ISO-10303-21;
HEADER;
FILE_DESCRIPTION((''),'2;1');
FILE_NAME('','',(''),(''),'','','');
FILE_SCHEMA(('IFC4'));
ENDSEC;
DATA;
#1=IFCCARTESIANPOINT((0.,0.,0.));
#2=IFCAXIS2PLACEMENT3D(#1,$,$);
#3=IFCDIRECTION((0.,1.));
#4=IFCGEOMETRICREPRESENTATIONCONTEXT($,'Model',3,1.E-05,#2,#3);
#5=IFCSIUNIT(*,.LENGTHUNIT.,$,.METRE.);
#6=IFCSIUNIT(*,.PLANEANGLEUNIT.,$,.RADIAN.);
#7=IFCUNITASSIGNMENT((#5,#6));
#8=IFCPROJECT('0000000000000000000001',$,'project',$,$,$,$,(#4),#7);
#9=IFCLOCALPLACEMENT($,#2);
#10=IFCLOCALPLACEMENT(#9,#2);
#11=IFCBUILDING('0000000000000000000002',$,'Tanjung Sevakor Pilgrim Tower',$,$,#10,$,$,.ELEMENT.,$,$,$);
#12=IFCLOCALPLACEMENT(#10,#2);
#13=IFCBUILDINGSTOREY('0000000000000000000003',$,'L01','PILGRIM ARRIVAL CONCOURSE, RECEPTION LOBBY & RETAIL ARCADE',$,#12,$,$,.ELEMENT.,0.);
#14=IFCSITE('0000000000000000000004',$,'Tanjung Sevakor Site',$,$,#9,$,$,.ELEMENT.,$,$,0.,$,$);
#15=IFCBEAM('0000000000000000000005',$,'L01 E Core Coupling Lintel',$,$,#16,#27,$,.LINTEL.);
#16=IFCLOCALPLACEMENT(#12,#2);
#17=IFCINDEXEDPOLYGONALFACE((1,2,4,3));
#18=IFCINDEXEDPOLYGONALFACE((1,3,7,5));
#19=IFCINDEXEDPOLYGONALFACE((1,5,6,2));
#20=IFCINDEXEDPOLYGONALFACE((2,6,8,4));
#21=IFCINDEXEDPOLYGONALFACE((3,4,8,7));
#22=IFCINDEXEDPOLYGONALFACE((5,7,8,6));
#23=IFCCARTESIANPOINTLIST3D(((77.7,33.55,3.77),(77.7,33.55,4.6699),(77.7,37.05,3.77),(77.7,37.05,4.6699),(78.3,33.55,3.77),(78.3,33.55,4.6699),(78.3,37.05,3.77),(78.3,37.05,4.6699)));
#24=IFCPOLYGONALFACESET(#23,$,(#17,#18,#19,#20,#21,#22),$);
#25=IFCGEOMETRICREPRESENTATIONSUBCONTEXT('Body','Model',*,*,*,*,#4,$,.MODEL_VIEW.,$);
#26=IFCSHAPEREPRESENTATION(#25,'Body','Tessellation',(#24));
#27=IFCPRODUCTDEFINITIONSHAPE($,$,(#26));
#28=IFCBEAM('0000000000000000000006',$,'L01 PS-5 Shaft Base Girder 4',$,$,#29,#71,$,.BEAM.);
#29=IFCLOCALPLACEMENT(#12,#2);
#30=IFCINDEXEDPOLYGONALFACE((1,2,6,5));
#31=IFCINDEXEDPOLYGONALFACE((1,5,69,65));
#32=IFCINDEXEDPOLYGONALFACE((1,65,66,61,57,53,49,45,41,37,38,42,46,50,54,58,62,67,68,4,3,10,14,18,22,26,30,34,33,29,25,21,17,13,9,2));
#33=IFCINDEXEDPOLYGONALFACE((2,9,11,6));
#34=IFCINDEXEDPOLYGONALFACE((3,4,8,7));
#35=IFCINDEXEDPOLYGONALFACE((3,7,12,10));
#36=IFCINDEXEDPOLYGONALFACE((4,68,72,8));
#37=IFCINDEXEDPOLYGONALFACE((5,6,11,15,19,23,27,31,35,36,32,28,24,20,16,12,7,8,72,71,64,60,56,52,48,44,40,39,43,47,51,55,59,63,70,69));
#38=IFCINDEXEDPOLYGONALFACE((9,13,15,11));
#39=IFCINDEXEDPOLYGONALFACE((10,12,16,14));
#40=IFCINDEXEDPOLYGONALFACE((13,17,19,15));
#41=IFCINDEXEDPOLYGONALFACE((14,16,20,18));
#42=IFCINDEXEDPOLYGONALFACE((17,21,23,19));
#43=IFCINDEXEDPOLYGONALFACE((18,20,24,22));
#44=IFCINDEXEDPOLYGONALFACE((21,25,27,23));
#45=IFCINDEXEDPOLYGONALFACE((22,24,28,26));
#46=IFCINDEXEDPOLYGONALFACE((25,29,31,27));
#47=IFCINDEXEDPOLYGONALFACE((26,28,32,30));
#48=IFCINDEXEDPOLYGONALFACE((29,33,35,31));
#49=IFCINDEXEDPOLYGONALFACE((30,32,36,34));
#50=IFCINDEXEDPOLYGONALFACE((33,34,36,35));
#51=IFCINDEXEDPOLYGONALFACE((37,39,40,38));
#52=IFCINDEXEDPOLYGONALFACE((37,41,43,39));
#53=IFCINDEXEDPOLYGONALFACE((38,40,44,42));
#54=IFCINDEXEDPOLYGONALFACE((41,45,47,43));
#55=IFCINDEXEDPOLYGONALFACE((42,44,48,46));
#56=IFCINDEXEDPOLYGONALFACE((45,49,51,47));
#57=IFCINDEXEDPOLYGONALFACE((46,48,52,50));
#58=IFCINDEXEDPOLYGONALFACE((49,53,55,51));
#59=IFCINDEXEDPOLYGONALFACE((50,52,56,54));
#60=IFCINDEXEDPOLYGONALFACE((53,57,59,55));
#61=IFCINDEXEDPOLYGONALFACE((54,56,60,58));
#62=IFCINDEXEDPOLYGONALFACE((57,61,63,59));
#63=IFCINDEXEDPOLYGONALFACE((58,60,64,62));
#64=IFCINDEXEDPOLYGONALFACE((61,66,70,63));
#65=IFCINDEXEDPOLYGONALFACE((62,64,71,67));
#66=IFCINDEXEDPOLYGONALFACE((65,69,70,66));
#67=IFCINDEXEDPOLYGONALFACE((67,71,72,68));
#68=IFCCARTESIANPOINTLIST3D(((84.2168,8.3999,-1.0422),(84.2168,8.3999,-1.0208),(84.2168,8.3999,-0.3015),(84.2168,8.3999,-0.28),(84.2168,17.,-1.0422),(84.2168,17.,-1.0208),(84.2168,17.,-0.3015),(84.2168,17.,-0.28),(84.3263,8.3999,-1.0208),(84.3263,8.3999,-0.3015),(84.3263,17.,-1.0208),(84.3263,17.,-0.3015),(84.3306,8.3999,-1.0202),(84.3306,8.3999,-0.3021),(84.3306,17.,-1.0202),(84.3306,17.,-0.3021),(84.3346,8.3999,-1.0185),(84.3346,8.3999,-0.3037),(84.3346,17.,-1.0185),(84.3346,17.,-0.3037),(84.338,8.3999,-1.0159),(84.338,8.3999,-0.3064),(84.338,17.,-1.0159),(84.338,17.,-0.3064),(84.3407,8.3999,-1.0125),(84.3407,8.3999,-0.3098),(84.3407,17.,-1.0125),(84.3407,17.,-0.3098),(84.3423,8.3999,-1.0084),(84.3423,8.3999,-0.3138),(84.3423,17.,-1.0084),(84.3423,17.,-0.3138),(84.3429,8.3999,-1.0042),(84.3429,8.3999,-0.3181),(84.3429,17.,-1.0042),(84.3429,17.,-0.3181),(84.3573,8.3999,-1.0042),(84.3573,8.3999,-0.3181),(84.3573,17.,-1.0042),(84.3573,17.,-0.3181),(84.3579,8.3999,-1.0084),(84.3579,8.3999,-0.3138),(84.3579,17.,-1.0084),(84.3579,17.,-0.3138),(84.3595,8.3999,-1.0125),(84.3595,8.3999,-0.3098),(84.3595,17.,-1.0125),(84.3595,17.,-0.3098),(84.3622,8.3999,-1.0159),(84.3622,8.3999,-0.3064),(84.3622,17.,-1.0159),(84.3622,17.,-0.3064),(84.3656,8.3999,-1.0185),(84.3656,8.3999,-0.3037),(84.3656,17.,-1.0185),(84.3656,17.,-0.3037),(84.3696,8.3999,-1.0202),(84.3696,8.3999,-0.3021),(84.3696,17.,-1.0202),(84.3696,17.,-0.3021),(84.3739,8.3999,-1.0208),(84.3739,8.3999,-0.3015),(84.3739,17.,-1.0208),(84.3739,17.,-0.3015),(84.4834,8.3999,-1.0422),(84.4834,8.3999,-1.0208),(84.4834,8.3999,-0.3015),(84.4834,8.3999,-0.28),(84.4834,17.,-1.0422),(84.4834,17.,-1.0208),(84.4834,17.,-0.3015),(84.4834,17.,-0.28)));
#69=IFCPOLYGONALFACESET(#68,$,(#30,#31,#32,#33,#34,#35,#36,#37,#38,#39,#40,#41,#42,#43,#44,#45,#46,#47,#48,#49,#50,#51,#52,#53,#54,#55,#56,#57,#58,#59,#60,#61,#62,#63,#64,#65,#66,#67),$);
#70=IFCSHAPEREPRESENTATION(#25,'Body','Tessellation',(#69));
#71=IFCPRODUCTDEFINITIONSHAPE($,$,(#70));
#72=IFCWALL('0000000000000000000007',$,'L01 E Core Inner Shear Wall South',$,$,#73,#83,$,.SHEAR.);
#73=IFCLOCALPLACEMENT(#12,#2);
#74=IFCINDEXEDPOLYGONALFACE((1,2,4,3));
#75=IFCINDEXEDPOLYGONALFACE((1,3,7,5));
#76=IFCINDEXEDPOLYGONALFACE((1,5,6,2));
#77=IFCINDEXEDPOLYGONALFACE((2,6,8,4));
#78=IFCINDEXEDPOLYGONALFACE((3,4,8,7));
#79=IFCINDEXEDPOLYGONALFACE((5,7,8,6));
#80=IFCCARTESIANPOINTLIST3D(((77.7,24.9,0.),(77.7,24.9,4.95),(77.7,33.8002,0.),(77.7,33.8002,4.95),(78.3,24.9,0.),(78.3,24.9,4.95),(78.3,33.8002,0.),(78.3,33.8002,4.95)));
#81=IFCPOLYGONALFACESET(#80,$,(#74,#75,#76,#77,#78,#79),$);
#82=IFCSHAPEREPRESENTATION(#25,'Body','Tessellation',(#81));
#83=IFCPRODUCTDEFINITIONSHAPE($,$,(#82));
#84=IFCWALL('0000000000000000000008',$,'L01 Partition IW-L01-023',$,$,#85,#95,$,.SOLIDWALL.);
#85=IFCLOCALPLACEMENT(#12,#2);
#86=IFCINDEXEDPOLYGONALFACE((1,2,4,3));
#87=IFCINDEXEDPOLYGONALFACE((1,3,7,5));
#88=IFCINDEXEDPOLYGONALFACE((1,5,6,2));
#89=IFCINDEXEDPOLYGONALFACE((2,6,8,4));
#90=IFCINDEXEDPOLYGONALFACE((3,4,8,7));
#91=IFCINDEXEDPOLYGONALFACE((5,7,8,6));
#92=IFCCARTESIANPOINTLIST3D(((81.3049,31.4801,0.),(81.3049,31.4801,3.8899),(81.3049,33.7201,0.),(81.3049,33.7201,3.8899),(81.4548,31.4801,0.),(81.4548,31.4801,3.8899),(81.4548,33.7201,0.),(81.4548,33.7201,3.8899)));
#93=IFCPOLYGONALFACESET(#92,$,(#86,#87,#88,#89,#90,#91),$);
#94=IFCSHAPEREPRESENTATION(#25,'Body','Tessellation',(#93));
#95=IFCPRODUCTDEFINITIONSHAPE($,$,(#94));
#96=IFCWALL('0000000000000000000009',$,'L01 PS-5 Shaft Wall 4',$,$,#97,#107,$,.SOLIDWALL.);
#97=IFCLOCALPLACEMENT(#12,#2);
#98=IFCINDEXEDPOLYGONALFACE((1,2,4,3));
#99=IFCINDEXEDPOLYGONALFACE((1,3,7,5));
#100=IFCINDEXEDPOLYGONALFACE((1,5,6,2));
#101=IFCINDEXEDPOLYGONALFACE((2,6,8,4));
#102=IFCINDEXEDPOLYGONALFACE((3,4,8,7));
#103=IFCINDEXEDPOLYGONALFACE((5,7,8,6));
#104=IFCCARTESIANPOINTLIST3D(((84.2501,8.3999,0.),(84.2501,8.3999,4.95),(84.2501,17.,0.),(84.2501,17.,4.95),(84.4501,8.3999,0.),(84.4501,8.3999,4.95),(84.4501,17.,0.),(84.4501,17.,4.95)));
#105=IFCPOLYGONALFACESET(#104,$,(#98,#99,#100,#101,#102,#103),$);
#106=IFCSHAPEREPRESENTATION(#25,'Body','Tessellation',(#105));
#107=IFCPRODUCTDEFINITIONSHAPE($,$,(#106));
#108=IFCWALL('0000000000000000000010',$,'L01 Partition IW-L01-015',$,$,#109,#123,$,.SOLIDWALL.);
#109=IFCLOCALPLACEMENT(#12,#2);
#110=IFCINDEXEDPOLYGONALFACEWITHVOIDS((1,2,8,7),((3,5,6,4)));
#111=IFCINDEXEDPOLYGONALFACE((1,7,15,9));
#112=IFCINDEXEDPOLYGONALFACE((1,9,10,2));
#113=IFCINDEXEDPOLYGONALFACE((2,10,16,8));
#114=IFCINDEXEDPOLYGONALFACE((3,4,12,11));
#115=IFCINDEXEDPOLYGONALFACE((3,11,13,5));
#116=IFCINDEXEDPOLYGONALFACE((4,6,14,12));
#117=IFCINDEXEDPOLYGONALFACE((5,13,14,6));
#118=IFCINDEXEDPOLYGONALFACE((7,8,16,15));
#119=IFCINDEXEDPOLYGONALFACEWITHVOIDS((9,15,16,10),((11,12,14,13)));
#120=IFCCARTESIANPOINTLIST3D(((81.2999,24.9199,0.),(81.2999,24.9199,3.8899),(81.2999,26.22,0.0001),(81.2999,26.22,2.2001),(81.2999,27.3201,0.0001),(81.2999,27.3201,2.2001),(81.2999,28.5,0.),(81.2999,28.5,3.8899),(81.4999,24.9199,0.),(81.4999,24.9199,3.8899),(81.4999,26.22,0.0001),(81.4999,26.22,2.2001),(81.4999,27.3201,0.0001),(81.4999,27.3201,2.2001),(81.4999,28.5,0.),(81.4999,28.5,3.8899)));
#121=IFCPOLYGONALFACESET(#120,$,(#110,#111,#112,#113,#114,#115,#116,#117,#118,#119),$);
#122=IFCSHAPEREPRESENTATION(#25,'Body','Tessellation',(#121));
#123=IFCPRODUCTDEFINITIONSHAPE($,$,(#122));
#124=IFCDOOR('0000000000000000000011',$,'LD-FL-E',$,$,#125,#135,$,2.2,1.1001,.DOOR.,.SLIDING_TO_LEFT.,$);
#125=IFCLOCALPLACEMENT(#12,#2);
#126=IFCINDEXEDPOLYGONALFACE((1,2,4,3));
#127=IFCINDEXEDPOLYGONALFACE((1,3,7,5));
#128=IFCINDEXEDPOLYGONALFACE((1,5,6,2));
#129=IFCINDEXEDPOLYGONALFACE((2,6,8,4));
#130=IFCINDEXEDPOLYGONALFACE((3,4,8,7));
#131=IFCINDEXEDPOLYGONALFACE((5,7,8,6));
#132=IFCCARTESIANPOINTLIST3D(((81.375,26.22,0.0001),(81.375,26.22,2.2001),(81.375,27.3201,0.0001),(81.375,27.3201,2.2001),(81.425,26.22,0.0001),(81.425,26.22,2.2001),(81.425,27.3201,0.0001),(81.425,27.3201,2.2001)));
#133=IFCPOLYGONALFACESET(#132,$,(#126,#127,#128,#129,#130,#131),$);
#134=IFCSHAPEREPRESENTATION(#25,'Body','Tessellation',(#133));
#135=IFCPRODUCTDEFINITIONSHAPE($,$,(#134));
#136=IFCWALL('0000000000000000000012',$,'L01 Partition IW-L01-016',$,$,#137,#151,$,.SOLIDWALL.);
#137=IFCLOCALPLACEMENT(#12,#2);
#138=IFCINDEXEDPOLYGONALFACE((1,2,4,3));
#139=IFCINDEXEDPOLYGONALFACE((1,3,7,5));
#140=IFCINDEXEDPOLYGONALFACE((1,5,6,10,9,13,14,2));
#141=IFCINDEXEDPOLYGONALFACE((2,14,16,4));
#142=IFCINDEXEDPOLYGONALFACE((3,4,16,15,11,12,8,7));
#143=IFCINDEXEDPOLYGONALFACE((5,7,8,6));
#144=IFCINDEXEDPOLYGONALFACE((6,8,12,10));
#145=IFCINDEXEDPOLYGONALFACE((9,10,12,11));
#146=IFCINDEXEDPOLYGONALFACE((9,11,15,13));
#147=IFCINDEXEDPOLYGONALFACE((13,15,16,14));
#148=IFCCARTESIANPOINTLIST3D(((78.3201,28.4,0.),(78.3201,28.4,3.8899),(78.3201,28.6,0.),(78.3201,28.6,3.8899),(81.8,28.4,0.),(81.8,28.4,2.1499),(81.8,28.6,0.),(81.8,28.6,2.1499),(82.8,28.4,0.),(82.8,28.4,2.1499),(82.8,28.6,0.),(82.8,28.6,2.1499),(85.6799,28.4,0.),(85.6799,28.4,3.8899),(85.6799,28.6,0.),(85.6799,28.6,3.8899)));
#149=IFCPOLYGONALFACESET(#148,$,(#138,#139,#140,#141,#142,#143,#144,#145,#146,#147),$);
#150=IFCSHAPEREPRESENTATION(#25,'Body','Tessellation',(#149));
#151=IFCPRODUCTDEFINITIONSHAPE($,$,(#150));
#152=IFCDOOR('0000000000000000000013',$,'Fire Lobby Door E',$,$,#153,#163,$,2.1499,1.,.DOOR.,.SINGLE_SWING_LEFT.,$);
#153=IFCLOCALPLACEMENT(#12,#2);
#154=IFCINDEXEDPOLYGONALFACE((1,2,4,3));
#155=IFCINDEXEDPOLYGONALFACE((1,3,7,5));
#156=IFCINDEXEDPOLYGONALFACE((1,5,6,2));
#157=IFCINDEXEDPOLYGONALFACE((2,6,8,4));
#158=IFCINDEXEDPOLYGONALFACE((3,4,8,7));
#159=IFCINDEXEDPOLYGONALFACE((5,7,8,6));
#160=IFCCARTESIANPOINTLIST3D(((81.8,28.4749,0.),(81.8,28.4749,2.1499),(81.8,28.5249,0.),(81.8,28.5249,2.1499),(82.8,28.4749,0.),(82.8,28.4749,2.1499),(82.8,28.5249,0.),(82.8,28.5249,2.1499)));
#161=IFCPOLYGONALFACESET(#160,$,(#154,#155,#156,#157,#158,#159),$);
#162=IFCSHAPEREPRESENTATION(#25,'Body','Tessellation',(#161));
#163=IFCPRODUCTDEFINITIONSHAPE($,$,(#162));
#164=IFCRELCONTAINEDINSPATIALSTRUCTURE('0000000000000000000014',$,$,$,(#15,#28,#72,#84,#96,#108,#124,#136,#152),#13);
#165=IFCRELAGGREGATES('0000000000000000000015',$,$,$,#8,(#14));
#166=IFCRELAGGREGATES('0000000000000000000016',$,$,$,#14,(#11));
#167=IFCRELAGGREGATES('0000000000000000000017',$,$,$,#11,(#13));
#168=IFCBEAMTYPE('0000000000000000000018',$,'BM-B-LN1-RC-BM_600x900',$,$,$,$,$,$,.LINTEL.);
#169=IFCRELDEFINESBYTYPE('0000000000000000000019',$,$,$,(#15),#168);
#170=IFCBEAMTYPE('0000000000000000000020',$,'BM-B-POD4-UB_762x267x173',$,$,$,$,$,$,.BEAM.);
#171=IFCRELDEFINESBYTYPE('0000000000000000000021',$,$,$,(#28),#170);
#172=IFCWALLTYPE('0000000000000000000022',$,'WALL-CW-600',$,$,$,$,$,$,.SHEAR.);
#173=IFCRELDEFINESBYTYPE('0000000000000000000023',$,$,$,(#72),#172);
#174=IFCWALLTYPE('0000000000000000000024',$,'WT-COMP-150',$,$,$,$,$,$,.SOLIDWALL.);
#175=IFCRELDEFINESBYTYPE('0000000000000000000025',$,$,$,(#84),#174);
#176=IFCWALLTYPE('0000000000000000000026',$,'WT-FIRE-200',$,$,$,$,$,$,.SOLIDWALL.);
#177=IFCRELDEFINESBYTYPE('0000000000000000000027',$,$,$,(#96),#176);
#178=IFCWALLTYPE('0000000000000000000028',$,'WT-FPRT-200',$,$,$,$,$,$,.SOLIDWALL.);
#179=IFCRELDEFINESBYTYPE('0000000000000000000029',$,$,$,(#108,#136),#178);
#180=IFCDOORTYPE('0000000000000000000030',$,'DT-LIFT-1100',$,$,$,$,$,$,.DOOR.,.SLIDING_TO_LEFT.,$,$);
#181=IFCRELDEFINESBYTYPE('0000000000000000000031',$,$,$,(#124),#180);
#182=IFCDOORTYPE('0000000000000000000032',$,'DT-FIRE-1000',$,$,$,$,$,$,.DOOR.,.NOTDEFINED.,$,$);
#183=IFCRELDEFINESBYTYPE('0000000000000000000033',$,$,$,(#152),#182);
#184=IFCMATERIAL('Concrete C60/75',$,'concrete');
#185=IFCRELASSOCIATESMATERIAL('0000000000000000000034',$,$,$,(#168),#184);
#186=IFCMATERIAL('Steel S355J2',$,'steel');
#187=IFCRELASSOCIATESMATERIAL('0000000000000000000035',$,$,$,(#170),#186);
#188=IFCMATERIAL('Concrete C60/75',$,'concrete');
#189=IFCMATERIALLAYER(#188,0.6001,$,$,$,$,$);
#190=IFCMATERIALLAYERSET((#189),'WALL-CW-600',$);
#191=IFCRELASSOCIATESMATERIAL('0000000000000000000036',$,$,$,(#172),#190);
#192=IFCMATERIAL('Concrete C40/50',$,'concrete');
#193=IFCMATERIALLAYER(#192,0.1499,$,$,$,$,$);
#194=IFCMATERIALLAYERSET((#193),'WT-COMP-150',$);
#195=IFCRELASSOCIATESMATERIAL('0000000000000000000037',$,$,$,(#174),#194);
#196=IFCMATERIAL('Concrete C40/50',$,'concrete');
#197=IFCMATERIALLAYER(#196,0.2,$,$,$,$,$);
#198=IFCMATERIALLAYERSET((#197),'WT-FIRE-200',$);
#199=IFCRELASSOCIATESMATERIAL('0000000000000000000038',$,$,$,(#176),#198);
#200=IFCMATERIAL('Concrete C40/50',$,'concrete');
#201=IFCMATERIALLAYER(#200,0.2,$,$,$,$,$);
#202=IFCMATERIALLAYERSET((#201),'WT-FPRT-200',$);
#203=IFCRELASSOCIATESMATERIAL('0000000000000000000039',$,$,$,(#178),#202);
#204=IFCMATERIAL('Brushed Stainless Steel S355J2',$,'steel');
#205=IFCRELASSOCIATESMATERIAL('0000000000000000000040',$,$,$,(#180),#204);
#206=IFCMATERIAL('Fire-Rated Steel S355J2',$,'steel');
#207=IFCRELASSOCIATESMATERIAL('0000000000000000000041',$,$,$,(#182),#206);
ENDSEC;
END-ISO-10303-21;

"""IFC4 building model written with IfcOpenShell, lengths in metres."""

from ifc_helpers import new_model, si_unit, direction, frame, frame_2d, origin, origin_2d, place, context, subcontext, project, spatial, rectangle, i_section, extrude, material, layer, layer_set, material_profile, profile_set, type_object, element, fill, save


model = new_model("IFC4")

# Units and contexts
model_context = context("Model", 3, precision=1e-05, world=origin(), true_north=direction((0.0, 1.0)))
body_context = subcontext(model_context, "Body", "Model", "MODEL_VIEW")
ifc_project = project(units=[si_unit("LENGTHUNIT", "METRE"), si_unit("PLANEANGLEUNIT", "RADIAN")], contexts=[model_context])

# Site, building, storey
site_placement = place(None, origin())
site = spatial("IfcSite", under=ifc_project, at=site_placement, Name="Tanjung Sevakor Site", CompositionType="ELEMENT", RefElevation=0.0)
building_placement = place(site_placement, origin())
building = spatial("IfcBuilding", under=site, at=building_placement, Name="Tanjung Sevakor Pilgrim Tower", CompositionType="ELEMENT")
storey_placement = place(building_placement, origin())
storey = spatial("IfcBuildingStorey", under=building, at=storey_placement, Name="L01", Description="PILGRIM ARRIVAL CONCOURSE, RECEPTION LOBBY & RETAIL ARCADE", CompositionType="ELEMENT", Elevation=0.0)

# Beams
ifc_material_1 = material(Name="Concrete C60/75", Category="concrete")
ifc_material_profile_1 = material_profile(ifc_material_1, rectangle(XDim=0.6001, YDim=0.8999, at=origin_2d()))
ifc_profile_set_1 = profile_set([ifc_material_profile_1], Name="Concrete C60/75")
beam_type_1 = type_object("IfcBeamType", Name="BM-B-LN1-RC-BM_600x900", PredefinedType="LINTEL", material=ifc_profile_set_1)
beam_1_placement = place(storey_placement, frame((78.0, 33.55, 4.22), z_axis=(0.0, 1.0, 0.0), x_axis=(-1.0, 0.0, 0.0)))
element("IfcBeam", 1, at=beam_1_placement, inside=storey, type_object=beam_type_1, Name="L01 E Core Coupling Lintel", PredefinedType="LINTEL", context=body_context, shape_type="SweptSolid", body=[
    extrude(rectangle(XDim=0.6001, YDim=0.8999, at=origin_2d()), origin(), (0.0, 0.0, 1.0), 3.5),
])
ifc_material_2 = material(Name="Steel S355J2", Category="steel")
ifc_material_profile_2 = material_profile(ifc_material_2, i_section(OverallWidth=0.2666, OverallDepth=0.7622, WebThickness=0.0144, FlangeThickness=0.0215, FilletRadius=0.0166, at=origin_2d()))
ifc_profile_set_2 = profile_set([ifc_material_profile_2], Name="Steel S355J2")
beam_type_2 = type_object("IfcBeamType", Name="BM-B-POD4-UB_762x267x173", PredefinedType="BEAM", material=ifc_profile_set_2)
beam_2_placement = place(storey_placement, frame((84.3501, 17.0, -0.6611), z_axis=(0.0, -1.0, 0.0), x_axis=(1.0, 0.0, 0.0)))
element("IfcBeam", 2, at=beam_2_placement, inside=storey, type_object=beam_type_2, Name="L01 PS-5 Shaft Base Girder 4", PredefinedType="BEAM", context=body_context, shape_type="SweptSolid", body=[
    extrude(i_section(OverallWidth=0.2666, OverallDepth=0.7622, WebThickness=0.0144, FlangeThickness=0.0215, FilletRadius=0.0166, at=origin_2d()), origin(), (0.0, 0.0, 1.0), 8.6001),
])

# Walls
ifc_material_3 = material(Name="Concrete C60/75", Category="concrete")
ifc_layer_1 = layer(ifc_material_3, 0.6001)
ifc_layer_set_1 = layer_set([ifc_layer_1], Name="WALL-CW-600")
wall_type_1 = type_object("IfcWallType", Name="WALL-CW-600", PredefinedType="SHEAR", material=ifc_layer_set_1)
wall_1_placement = place(storey_placement, frame((78.0, 24.8999, 0.0), z_axis=(0.0, 0.0, 1.0), x_axis=(0.0, 1.0, 0.0)))
element("IfcWall", 3, at=wall_1_placement, inside=storey, type_object=wall_type_1, Name="L01 E Core Inner Shear Wall South", PredefinedType="SHEAR", context=body_context, shape_type="SweptSolid", body=[
    extrude(rectangle(XDim=8.9001, YDim=0.6001, at=frame_2d((4.4502, 0.0))), origin(), (0.0, 0.0, 1.0), 4.95),
])
ifc_material_4 = material(Name="Concrete C40/50", Category="concrete")
ifc_layer_2 = layer(ifc_material_4, 0.1499)
ifc_layer_set_2 = layer_set([ifc_layer_2], Name="WT-COMP-150")
wall_type_2 = type_object("IfcWallType", Name="WT-COMP-150", PredefinedType="SOLIDWALL", material=ifc_layer_set_2)
wall_2_placement = place(storey_placement, frame((81.3799, 31.48, 0.0), z_axis=(0.0, 0.0, 1.0), x_axis=(0.0, 1.0, 0.0)))
element("IfcWall", 4, at=wall_2_placement, inside=storey, type_object=wall_type_2, Name="L01 Partition IW-L01-023", PredefinedType="SOLIDWALL", context=body_context, shape_type="SweptSolid", body=[
    extrude(rectangle(XDim=2.24, YDim=0.1499, at=frame_2d((1.1201, 0.0))), origin(), (0.0, 0.0, 1.0), 3.8899),
])
ifc_material_5 = material(Name="Concrete C40/50", Category="concrete")
ifc_layer_3 = layer(ifc_material_5, 0.2)
ifc_layer_set_3 = layer_set([ifc_layer_3], Name="WT-FIRE-200")
wall_type_3 = type_object("IfcWallType", Name="WT-FIRE-200", PredefinedType="SOLIDWALL", material=ifc_layer_set_3)
wall_3_placement = place(storey_placement, frame((84.3501, 17.0, 0.0), z_axis=(0.0, 0.0, 1.0), x_axis=(0.0, -1.0, 0.0)))
element("IfcWall", 5, at=wall_3_placement, inside=storey, type_object=wall_type_3, Name="L01 PS-5 Shaft Wall 4", PredefinedType="SOLIDWALL", context=body_context, shape_type="SweptSolid", body=[
    extrude(rectangle(XDim=8.6001, YDim=0.2, at=frame_2d((4.3, 0.0))), origin(), (0.0, 0.0, 1.0), 4.95),
])

# Walls, openings, doors
ifc_material_6 = material(Name="Concrete C40/50", Category="concrete")
ifc_layer_4 = layer(ifc_material_6, 0.2)
ifc_layer_set_4 = layer_set([ifc_layer_4], Name="WT-FPRT-200")
wall_type_4 = type_object("IfcWallType", Name="WT-FPRT-200", PredefinedType="SOLIDWALL", material=ifc_layer_set_4)
wall_4_placement = place(storey_placement, frame((81.3999, 24.9199, 0.0), z_axis=(0.0, 0.0, 1.0), x_axis=(0.0, 1.0, 0.0)))
wall_4 = element("IfcWall", 6, at=wall_4_placement, inside=storey, type_object=wall_type_4, Name="L01 Partition IW-L01-015", PredefinedType="SOLIDWALL", context=body_context, shape_type="SweptSolid", body=[
    extrude(rectangle(XDim=3.5801, YDim=0.2, at=frame_2d((1.79, 0.0))), origin(), (0.0, 0.0, 1.0), 3.8899),
])
opening_1_placement = place(wall_4_placement, frame((1.3, 0.0, 0.0)))
opening_1 = element("IfcOpeningElement", 7, at=opening_1_placement, cuts=wall_4, PredefinedType="OPENING", context=body_context, shape_type="SweptSolid", body=[
    extrude(rectangle(XDim=1.1001, YDim=2.2, at=frame_2d((0.55, 1.1001))), frame((0.0, 0.1099, 0.0), z_axis=(0.0, -1.0, 0.0), x_axis=(1.0, 0.0, 0.0)), (0.0, 0.0, 1.0), 0.22),
])
ifc_material_7 = material(Name="Brushed Stainless Steel S355J2", Category="steel")
door_type_1 = type_object("IfcDoorType", Name="DT-LIFT-1100", OperationType="SLIDING_TO_LEFT", PredefinedType="DOOR", material=ifc_material_7)
door_1_placement = place(opening_1_placement, origin())
door_1 = element("IfcDoor", 8, at=door_1_placement, inside=storey, type_object=door_type_1, Name="LD-FL-E", OperationType="SLIDING_TO_LEFT", OverallHeight=2.2, OverallWidth=1.1001, PredefinedType="DOOR", context=body_context, shape_type="SweptSolid", body=[
    extrude(rectangle(XDim=1.1001, YDim=2.2, at=frame_2d((0.55, 1.1001))), frame((0.0, 0.0249, 0.0), z_axis=(0.0, -1.0, 0.0), x_axis=(1.0, 0.0, 0.0)), (0.0, 0.0, 1.0), 0.05),
])
fill(opening_1, door_1)
wall_5_placement = place(storey_placement, frame((78.3201, 28.5, 0.0), z_axis=(0.0, 0.0, 1.0), x_axis=(1.0, 0.0, 0.0)))
wall_5 = element("IfcWall", 9, at=wall_5_placement, inside=storey, type_object=wall_type_4, Name="L01 Partition IW-L01-016", PredefinedType="SOLIDWALL", context=body_context, shape_type="SweptSolid", body=[
    extrude(rectangle(XDim=7.3599, YDim=0.2, at=frame_2d((3.6799, 0.0))), origin(), (0.0, 0.0, 1.0), 3.8899),
])
opening_2_placement = place(wall_5_placement, frame((3.48, 0.0, 0.0)))
opening_2 = element("IfcOpeningElement", 10, at=opening_2_placement, cuts=wall_5, PredefinedType="OPENING", context=body_context, shape_type="SweptSolid", body=[
    extrude(rectangle(XDim=1.0, YDim=2.1499, at=frame_2d((0.5, 1.075))), frame((0.0, 0.1099, 0.0), z_axis=(0.0, -1.0, 0.0), x_axis=(1.0, 0.0, 0.0)), (0.0, 0.0, 1.0), 0.22),
])
ifc_material_8 = material(Name="Fire-Rated Steel S355J2", Category="steel")
door_type_2 = type_object("IfcDoorType", Name="DT-FIRE-1000", OperationType="NOTDEFINED", PredefinedType="DOOR", material=ifc_material_8)
door_2_placement = place(opening_2_placement, origin())
door_2 = element("IfcDoor", 11, at=door_2_placement, inside=storey, type_object=door_type_2, Name="Fire Lobby Door E", OperationType="SINGLE_SWING_LEFT", OverallHeight=2.1499, OverallWidth=1.0, PredefinedType="DOOR", context=body_context, shape_type="SweptSolid", body=[
    extrude(rectangle(XDim=1.0, YDim=2.1499, at=frame_2d((0.5, 1.075))), frame((0.0, 0.0249, 0.0), z_axis=(0.0, -1.0, 0.0), x_axis=(1.0, 0.0, 0.0)), (0.0, 0.0, 1.0), 0.05),
])
fill(opening_2, door_2)

save(model, "model.ifc")
